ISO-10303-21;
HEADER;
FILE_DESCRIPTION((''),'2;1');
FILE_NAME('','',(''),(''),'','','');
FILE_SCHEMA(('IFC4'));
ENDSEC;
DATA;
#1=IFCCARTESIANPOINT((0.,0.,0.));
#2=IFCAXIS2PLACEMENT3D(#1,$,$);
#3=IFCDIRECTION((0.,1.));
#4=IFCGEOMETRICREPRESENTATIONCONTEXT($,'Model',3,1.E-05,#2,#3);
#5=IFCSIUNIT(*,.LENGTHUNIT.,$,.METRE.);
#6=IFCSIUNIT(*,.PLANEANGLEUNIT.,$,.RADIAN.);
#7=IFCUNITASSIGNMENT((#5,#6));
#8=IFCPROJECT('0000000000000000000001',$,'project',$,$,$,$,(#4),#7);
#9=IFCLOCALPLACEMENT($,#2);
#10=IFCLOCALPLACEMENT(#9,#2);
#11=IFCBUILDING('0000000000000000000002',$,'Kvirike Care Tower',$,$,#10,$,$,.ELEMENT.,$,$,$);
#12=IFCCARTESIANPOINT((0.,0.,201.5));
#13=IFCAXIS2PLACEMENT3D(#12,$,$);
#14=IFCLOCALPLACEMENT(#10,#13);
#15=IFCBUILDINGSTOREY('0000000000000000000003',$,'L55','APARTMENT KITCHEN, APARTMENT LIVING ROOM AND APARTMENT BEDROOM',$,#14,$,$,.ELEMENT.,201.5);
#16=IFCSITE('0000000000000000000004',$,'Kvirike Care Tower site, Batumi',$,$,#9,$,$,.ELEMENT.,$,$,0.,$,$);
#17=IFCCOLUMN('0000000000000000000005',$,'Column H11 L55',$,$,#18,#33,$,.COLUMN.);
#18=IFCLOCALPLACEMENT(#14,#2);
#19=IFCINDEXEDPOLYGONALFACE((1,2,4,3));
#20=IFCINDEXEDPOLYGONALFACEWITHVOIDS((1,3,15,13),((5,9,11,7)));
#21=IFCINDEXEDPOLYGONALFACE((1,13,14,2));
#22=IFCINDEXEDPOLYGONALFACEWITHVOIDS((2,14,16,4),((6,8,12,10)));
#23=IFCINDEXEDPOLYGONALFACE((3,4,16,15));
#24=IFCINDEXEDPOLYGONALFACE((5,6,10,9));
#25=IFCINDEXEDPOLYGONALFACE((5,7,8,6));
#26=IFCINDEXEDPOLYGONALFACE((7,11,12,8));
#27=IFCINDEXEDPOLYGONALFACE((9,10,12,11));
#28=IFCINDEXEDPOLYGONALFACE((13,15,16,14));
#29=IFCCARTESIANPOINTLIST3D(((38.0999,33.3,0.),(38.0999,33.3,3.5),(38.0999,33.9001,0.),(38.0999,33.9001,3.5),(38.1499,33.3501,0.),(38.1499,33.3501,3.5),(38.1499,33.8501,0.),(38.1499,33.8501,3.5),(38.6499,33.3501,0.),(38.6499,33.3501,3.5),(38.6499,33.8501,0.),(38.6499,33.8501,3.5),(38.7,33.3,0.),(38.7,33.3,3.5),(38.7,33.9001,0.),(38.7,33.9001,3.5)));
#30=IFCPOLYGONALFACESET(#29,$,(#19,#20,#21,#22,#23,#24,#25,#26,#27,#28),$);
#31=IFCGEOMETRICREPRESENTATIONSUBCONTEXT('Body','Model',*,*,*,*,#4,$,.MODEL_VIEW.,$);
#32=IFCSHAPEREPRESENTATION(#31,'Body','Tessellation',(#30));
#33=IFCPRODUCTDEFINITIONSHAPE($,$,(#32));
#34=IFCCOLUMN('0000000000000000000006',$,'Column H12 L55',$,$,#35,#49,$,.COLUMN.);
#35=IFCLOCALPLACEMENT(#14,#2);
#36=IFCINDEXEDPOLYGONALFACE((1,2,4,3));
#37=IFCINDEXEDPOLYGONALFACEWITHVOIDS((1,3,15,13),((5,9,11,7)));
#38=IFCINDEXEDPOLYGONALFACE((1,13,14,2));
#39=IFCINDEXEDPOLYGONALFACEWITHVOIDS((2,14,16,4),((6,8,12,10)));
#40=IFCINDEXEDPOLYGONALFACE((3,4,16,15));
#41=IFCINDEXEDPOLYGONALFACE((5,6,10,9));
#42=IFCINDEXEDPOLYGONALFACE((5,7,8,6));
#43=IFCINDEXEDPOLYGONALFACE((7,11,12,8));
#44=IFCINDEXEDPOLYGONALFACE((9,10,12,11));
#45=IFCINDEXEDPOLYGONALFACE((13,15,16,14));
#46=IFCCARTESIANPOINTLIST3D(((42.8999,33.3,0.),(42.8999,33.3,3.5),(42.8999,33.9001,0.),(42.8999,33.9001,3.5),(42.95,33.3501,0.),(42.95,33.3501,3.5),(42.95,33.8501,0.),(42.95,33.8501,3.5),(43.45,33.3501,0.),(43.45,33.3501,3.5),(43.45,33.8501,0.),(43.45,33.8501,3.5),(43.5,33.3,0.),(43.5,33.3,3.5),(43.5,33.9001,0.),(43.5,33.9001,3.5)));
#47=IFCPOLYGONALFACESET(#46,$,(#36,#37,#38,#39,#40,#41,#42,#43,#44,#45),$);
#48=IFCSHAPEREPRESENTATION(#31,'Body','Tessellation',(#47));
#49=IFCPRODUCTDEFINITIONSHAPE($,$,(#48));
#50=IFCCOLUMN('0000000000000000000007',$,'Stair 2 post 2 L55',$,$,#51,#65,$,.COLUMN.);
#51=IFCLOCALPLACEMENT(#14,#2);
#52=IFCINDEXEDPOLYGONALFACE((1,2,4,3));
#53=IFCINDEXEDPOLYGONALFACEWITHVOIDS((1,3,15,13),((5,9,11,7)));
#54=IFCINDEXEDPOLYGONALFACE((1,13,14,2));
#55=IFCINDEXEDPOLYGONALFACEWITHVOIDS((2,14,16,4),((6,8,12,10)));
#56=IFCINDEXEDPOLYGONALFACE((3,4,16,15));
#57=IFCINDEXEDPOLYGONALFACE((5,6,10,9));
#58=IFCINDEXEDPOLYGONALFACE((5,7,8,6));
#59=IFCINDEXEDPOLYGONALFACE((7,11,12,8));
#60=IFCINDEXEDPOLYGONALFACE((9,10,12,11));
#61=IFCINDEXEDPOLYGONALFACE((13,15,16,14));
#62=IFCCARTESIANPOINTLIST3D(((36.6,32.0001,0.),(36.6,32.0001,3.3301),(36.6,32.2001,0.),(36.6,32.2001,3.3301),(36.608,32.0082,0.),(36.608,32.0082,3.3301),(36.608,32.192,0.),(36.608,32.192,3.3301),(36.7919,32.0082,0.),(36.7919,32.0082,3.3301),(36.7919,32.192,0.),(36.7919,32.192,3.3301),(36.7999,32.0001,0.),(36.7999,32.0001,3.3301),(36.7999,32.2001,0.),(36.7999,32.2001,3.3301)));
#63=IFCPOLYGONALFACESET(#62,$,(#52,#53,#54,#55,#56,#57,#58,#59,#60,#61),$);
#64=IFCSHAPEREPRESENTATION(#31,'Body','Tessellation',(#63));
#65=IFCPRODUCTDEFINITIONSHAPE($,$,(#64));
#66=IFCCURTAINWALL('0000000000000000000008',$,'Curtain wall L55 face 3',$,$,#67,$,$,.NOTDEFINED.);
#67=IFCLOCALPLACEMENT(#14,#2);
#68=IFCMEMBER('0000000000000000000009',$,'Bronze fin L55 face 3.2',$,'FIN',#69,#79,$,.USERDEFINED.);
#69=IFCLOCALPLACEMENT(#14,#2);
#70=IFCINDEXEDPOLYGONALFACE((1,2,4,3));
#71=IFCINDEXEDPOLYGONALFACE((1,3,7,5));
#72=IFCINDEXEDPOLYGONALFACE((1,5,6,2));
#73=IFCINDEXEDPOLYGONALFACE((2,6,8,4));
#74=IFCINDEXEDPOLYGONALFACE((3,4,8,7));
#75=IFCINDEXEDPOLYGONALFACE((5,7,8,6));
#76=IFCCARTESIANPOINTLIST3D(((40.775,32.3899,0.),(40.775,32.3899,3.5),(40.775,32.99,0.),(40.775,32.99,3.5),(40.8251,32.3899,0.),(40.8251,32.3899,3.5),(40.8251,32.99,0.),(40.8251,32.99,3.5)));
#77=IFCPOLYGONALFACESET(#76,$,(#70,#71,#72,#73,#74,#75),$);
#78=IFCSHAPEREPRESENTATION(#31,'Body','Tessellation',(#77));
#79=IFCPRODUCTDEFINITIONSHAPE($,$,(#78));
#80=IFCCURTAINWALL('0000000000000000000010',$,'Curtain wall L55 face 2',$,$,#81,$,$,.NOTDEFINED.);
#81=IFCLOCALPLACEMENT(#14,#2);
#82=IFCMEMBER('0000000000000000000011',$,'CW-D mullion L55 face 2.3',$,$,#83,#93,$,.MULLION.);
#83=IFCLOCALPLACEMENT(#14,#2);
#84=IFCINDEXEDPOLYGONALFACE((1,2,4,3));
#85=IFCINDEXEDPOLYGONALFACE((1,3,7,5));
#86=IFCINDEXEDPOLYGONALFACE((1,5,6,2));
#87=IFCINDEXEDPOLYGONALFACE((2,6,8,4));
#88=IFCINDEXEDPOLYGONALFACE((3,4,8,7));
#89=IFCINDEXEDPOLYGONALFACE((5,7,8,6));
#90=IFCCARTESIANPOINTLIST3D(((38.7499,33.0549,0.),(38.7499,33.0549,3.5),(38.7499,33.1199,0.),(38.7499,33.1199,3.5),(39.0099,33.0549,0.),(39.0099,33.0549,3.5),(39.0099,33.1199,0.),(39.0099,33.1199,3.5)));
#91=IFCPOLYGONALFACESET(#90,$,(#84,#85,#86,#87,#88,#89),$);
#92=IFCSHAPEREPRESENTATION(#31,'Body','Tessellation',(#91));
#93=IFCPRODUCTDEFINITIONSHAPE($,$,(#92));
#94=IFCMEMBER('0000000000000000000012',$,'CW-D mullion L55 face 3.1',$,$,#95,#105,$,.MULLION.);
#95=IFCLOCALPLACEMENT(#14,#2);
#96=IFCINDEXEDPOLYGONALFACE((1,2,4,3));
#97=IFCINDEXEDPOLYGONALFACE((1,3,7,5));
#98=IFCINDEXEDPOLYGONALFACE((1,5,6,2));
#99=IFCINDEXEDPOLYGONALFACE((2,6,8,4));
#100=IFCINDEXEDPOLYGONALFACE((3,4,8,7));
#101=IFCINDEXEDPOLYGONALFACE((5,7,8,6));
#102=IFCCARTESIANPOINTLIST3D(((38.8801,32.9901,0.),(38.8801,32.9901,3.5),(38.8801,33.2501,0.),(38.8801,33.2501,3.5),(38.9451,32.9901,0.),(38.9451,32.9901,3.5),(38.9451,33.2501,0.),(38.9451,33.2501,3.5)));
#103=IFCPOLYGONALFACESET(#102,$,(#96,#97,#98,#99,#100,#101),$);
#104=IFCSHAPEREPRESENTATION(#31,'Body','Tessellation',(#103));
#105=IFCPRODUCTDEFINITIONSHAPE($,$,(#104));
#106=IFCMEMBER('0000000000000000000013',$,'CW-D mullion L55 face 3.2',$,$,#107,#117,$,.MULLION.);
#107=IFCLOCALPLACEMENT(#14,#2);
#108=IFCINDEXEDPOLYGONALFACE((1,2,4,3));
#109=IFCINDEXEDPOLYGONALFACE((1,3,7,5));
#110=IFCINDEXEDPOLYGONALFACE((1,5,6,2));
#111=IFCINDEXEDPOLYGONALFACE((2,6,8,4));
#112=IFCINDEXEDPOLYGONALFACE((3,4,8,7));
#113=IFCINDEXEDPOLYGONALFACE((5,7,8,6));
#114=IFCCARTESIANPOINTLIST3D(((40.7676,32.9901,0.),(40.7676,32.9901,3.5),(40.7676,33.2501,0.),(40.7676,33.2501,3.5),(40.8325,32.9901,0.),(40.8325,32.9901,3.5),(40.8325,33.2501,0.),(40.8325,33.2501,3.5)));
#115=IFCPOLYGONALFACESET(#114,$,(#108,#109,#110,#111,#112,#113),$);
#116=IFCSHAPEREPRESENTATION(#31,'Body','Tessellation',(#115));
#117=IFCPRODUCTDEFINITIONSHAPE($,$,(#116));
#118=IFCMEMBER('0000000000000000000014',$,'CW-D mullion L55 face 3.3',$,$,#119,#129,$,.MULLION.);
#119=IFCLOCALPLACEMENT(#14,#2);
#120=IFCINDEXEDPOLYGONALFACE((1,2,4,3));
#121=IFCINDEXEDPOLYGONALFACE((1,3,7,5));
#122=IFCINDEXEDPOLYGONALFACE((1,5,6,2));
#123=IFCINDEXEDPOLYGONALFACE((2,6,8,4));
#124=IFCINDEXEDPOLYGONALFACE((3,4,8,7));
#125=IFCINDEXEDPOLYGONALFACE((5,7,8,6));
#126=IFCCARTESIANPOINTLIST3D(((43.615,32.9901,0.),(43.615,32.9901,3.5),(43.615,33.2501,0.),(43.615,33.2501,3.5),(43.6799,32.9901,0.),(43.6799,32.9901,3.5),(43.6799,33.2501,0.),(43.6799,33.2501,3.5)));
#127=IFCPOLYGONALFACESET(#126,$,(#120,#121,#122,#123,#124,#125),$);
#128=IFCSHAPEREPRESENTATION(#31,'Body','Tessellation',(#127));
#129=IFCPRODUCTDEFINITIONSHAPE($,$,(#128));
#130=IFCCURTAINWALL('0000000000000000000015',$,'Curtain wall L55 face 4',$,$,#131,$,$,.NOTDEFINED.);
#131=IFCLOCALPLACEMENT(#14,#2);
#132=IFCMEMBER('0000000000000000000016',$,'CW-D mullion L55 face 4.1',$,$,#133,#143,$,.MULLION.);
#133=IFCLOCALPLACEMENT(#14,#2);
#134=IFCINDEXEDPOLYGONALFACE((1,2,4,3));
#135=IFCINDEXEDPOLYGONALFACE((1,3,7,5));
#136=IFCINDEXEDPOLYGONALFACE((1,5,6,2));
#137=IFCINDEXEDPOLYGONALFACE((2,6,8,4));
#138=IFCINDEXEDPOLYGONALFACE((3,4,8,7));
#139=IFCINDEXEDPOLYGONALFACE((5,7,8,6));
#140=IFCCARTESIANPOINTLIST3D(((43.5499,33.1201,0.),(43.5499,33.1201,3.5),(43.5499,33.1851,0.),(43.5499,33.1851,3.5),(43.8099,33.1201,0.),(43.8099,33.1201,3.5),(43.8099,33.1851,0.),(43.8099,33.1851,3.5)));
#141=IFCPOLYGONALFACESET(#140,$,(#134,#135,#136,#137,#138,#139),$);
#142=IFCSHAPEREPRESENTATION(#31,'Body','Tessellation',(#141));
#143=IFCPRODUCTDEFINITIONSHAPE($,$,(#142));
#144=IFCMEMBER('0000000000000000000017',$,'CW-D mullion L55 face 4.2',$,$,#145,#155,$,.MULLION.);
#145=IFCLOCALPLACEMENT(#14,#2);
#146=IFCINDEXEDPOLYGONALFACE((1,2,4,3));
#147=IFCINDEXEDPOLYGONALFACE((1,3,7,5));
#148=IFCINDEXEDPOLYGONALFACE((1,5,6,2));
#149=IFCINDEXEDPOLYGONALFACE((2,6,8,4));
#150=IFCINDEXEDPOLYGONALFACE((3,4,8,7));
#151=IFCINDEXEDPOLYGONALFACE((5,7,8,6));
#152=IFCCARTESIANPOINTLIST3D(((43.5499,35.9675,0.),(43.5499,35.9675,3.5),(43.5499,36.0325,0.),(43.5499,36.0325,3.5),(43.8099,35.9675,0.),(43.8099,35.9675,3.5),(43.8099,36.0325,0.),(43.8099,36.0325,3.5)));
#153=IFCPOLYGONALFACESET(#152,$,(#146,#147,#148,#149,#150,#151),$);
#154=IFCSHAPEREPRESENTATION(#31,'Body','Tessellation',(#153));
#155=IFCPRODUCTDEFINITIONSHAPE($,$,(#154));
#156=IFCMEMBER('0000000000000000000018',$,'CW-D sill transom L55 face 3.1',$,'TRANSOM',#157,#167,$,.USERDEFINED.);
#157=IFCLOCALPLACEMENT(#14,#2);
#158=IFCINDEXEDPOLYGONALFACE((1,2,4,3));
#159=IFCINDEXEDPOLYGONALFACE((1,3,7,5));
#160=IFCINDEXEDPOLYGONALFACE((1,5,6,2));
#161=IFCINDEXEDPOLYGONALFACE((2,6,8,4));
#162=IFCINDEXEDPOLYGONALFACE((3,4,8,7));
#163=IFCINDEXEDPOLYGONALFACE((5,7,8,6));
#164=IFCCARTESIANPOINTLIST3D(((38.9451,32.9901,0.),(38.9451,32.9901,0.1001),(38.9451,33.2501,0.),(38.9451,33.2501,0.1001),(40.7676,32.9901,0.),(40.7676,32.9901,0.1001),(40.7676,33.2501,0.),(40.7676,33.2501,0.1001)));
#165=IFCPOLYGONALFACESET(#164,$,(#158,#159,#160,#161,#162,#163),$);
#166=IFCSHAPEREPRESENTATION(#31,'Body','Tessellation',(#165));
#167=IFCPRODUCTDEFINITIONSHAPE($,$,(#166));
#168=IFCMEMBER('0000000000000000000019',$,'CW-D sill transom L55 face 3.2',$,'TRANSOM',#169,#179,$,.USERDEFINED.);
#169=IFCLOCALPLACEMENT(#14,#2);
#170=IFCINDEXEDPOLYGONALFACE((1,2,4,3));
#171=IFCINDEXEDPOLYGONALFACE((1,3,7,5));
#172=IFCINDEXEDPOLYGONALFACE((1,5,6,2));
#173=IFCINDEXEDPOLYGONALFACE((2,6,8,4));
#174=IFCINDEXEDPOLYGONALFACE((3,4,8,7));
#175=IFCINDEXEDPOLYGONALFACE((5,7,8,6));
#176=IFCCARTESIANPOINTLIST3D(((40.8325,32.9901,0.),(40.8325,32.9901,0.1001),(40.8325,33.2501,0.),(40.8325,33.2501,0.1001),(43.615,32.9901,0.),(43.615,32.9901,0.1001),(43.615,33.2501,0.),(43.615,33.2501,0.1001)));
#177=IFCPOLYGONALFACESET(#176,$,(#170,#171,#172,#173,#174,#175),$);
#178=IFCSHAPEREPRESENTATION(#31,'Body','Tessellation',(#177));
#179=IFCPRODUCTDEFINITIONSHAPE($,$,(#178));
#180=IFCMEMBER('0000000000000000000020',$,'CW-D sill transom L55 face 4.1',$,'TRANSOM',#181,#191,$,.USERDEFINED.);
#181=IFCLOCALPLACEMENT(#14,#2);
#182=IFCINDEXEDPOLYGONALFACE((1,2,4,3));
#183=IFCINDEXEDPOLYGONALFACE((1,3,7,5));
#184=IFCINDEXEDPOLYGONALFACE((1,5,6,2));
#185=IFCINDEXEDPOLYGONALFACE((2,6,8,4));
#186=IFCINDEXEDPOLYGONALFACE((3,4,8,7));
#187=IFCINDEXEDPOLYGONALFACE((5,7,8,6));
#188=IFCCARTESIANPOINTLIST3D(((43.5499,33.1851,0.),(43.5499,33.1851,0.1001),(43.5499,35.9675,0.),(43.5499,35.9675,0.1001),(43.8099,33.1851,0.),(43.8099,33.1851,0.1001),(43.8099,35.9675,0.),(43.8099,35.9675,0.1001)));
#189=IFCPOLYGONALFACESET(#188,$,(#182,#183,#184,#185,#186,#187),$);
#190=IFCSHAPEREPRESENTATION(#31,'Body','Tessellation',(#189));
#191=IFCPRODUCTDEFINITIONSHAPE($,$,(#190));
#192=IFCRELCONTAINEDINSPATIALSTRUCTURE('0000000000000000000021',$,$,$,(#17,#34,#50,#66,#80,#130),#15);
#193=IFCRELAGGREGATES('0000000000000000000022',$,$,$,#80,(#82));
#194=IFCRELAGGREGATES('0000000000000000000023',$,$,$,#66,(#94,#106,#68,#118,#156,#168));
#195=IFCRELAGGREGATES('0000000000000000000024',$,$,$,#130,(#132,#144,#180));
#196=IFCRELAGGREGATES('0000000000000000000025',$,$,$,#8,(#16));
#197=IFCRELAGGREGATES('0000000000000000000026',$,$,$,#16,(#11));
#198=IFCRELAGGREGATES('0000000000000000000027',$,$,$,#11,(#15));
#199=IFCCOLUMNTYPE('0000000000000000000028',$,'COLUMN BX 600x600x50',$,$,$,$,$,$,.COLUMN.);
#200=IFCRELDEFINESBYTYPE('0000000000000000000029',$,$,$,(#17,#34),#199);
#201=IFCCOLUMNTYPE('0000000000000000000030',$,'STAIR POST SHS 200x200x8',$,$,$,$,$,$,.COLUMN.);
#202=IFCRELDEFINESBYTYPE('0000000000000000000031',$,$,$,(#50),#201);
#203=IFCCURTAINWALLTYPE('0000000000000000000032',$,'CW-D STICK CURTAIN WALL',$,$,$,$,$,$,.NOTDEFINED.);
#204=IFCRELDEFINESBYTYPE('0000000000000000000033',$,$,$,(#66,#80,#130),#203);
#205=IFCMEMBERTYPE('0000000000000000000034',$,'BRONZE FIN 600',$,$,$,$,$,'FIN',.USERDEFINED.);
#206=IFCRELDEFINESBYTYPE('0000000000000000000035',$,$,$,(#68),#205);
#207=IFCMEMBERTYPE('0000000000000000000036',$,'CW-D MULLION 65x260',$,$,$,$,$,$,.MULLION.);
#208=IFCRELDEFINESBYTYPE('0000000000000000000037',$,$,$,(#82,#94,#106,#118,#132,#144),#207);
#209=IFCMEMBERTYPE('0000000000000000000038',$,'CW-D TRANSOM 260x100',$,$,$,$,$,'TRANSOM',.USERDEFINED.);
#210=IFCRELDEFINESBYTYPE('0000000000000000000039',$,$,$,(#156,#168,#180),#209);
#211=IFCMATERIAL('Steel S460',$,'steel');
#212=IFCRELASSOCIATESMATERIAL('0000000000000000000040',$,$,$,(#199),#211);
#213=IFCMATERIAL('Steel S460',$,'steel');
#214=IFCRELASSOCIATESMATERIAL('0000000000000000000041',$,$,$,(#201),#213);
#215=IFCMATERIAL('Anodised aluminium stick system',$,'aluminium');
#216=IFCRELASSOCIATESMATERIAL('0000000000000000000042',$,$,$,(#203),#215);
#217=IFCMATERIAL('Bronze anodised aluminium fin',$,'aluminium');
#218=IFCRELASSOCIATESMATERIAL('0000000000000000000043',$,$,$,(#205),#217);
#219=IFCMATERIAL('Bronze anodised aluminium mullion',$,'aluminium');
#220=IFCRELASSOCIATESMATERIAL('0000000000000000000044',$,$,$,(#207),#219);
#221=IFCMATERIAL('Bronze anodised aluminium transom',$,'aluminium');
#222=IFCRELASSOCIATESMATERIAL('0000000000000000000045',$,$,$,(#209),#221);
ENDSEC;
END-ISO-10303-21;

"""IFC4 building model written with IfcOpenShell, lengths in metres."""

from ifc_helpers import new_model, si_unit, direction, frame, origin, origin_2d, place, context, subcontext, project, spatial, rectangle, hollow_rectangle, extrude, material, material_profile, profile_set, type_object, element, aggregate, save


model = new_model("IFC4")

# Units and contexts
model_context = context("Model", 3, precision=1e-05, world=origin(), true_north=direction((0.0, 1.0)))
body_context = subcontext(model_context, "Body", "Model", "MODEL_VIEW")
ifc_project = project(units=[si_unit("LENGTHUNIT", "METRE"), si_unit("PLANEANGLEUNIT", "RADIAN")], contexts=[model_context])

# Site, building, storey
site_placement = place(None, origin())
site = spatial("IfcSite", under=ifc_project, at=site_placement, Name="Kvirike Care Tower site, Batumi", CompositionType="ELEMENT", RefElevation=0.0)
building_placement = place(site_placement, origin())
building = spatial("IfcBuilding", under=site, at=building_placement, Name="Kvirike Care Tower", CompositionType="ELEMENT")
storey_placement = place(building_placement, frame((0.0, 0.0, 201.5)))
storey = spatial("IfcBuildingStorey", under=building, at=storey_placement, Name="L55", Description="APARTMENT KITCHEN, APARTMENT LIVING ROOM AND APARTMENT BEDROOM", CompositionType="ELEMENT", Elevation=201.5)

# Columns
ifc_material_1 = material(Name="Steel S460", Category="steel")
ifc_material_profile_1 = material_profile(ifc_material_1, hollow_rectangle(XDim=0.6001, YDim=0.6001, WallThickness=0.05, at=origin_2d()), Name="BX 600x600x50")
ifc_profile_set_1 = profile_set([ifc_material_profile_1], Name="Steel S460")
column_type_1 = type_object("IfcColumnType", Name="COLUMN BX 600x600x50", PredefinedType="COLUMN", material=ifc_profile_set_1)
for number, where, z_axis, x_axis, name in (
    (1, (38.3999, 33.6001, 0.0), (0.0, 0.0, 1.0), (0.0, 1.0, 0.0), "Column H11 L55"),
    (2, (43.2, 33.6001, 0.0), (0.0, 0.0, 1.0), (0.0, 1.0, 0.0), "Column H12 L55"),
):
    element("IfcColumn", number, at=place(storey_placement, frame(where, z_axis=z_axis, x_axis=x_axis)), inside=storey, type_object=column_type_1, Name=name, PredefinedType="COLUMN", context=body_context, shape_type="SweptSolid", body=[
        extrude(hollow_rectangle(XDim=0.6001, YDim=0.6001, WallThickness=0.05, at=origin_2d()), origin(), (0.0, 0.0, 1.0), 3.5),
    ])
ifc_material_2 = material(Name="Steel S460", Category="steel")
ifc_material_profile_2 = material_profile(ifc_material_2, hollow_rectangle(XDim=0.2, YDim=0.2, WallThickness=0.0081, at=origin_2d()), Name="SHS 200x200x8")
ifc_profile_set_2 = profile_set([ifc_material_profile_2], Name="Steel S460")
column_type_2 = type_object("IfcColumnType", Name="STAIR POST SHS 200x200x8", PredefinedType="COLUMN", material=ifc_profile_set_2)
column_placement = place(storey_placement, frame((36.7, 32.1001, 0.0), z_axis=(0.0, 0.0, 1.0), x_axis=(1.0, 0.0, 0.0)))
element("IfcColumn", 3, at=column_placement, inside=storey, type_object=column_type_2, Name="Stair 2 post 2 L55", PredefinedType="COLUMN", context=body_context, shape_type="SweptSolid", body=[
    extrude(hollow_rectangle(XDim=0.2, YDim=0.2, WallThickness=0.0081, at=origin_2d()), origin(), (0.0, 0.0, 1.0), 3.3301),
])

# Curtain walls, members
ifc_material_3 = material(Name="Anodised aluminium stick system", Category="aluminium")
curtain_wall_type = type_object("IfcCurtainWallType", Name="CW-D STICK CURTAIN WALL", PredefinedType="NOTDEFINED", material=ifc_material_3)
curtain_wall_1_placement = place(storey_placement, origin())
curtain_wall_1 = element("IfcCurtainWall", 4, at=curtain_wall_1_placement, inside=storey, type_object=curtain_wall_type, Name="Curtain wall L55 face 3", PredefinedType="NOTDEFINED")
ifc_material_4 = material(Name="Bronze anodised aluminium fin", Category="aluminium")
ifc_material_profile_3 = material_profile(ifc_material_4, rectangle(XDim=0.05, YDim=0.6001, at=origin_2d()), Name="BRONZE FIN 600")
ifc_profile_set_3 = profile_set([ifc_material_profile_3], Name="Bronze anodised aluminium fin")
member_type_1 = type_object("IfcMemberType", Name="BRONZE FIN 600", ElementType="FIN", PredefinedType="USERDEFINED", material=ifc_profile_set_3)
member_1_placement = place(storey_placement, frame((40.8, 32.6899, 0.0), z_axis=(0.0, 0.0, 1.0), x_axis=(1.0, 0.0, 0.0)))
member_1 = element("IfcMember", 5, at=member_1_placement, type_object=member_type_1, Name="Bronze fin L55 face 3.2", ObjectType="FIN", PredefinedType="USERDEFINED", context=body_context, shape_type="SweptSolid", body=[
    extrude(rectangle(XDim=0.05, YDim=0.6001, at=origin_2d()), origin(), (0.0, 0.0, 1.0), 3.5),
])
curtain_wall_2_placement = place(storey_placement, origin())
curtain_wall_2 = element("IfcCurtainWall", 6, at=curtain_wall_2_placement, inside=storey, type_object=curtain_wall_type, Name="Curtain wall L55 face 2", PredefinedType="NOTDEFINED")
ifc_material_5 = material(Name="Bronze anodised aluminium mullion", Category="aluminium")
ifc_material_profile_4 = material_profile(ifc_material_5, rectangle(XDim=0.0649, YDim=0.26, at=origin_2d()), Name="CW-D MULLION 65x260")
ifc_profile_set_4 = profile_set([ifc_material_profile_4], Name="Bronze anodised aluminium mullion")
member_type_2 = type_object("IfcMemberType", Name="CW-D MULLION 65x260", PredefinedType="MULLION", material=ifc_profile_set_4)
member_2_placement = place(storey_placement, frame((38.8799, 33.0874, 0.0), z_axis=(0.0, 0.0, 1.0), x_axis=(0.0, 1.0, 0.0)))
member_2 = element("IfcMember", 7, at=member_2_placement, type_object=member_type_2, Name="CW-D mullion L55 face 2.3", PredefinedType="MULLION", context=body_context, shape_type="SweptSolid", body=[
    extrude(rectangle(XDim=0.0649, YDim=0.26, at=origin_2d()), origin(), (0.0, 0.0, 1.0), 3.5),
])

# Members
member_3_placement = place(storey_placement, frame((38.9126, 33.1201, 0.0), z_axis=(0.0, 0.0, 1.0), x_axis=(1.0, 0.0, 0.0)))
member_3 = element("IfcMember", 8, at=member_3_placement, type_object=member_type_2, Name="CW-D mullion L55 face 3.1", PredefinedType="MULLION", context=body_context, shape_type="SweptSolid", body=[
    extrude(rectangle(XDim=0.0649, YDim=0.26, at=origin_2d()), origin(), (0.0, 0.0, 1.0), 3.5),
])
member_4_placement = place(storey_placement, frame((40.8, 33.1201, 0.0), z_axis=(0.0, 0.0, 1.0), x_axis=(1.0, 0.0, 0.0)))
member_4 = element("IfcMember", 9, at=member_4_placement, type_object=member_type_2, Name="CW-D mullion L55 face 3.2", PredefinedType="MULLION", context=body_context, shape_type="SweptSolid", body=[
    extrude(rectangle(XDim=0.0649, YDim=0.26, at=origin_2d()), origin(), (0.0, 0.0, 1.0), 3.5),
])
member_5_placement = place(storey_placement, frame((43.6475, 33.1201, 0.0), z_axis=(0.0, 0.0, 1.0), x_axis=(1.0, 0.0, 0.0)))
member_5 = element("IfcMember", 10, at=member_5_placement, type_object=member_type_2, Name="CW-D mullion L55 face 3.3", PredefinedType="MULLION", context=body_context, shape_type="SweptSolid", body=[
    extrude(rectangle(XDim=0.0649, YDim=0.26, at=origin_2d()), origin(), (0.0, 0.0, 1.0), 3.5),
])

# Curtain wall, members
curtain_wall_3_placement = place(storey_placement, origin())
curtain_wall_3 = element("IfcCurtainWall", 11, at=curtain_wall_3_placement, inside=storey, type_object=curtain_wall_type, Name="Curtain wall L55 face 4", PredefinedType="NOTDEFINED")
member_6_placement = place(storey_placement, frame((43.6799, 33.1526, 0.0), z_axis=(0.0, 0.0, 1.0), x_axis=(0.0, 1.0, 0.0)))
member_6 = element("IfcMember", 12, at=member_6_placement, type_object=member_type_2, Name="CW-D mullion L55 face 4.1", PredefinedType="MULLION", context=body_context, shape_type="SweptSolid", body=[
    extrude(rectangle(XDim=0.0649, YDim=0.26, at=origin_2d()), origin(), (0.0, 0.0, 1.0), 3.5),
])
member_7_placement = place(storey_placement, frame((43.6799, 36.0, 0.0), z_axis=(0.0, 0.0, 1.0), x_axis=(0.0, 1.0, 0.0)))
member_7 = element("IfcMember", 13, at=member_7_placement, type_object=member_type_2, Name="CW-D mullion L55 face 4.2", PredefinedType="MULLION", context=body_context, shape_type="SweptSolid", body=[
    extrude(rectangle(XDim=0.0649, YDim=0.26, at=origin_2d()), origin(), (0.0, 0.0, 1.0), 3.5),
])

# Members
ifc_material_6 = material(Name="Bronze anodised aluminium transom", Category="aluminium")
ifc_material_profile_5 = material_profile(ifc_material_6, rectangle(XDim=0.26, YDim=0.1001, at=origin_2d()), Name="CW-D TRANSOM 260x100")
ifc_profile_set_5 = profile_set([ifc_material_profile_5], Name="Bronze anodised aluminium transom")
member_type_3 = type_object("IfcMemberType", Name="CW-D TRANSOM 260x100", ElementType="TRANSOM", PredefinedType="USERDEFINED", material=ifc_profile_set_5)
member_8_placement = place(storey_placement, frame((38.9451, 33.1201, 0.05), z_axis=(1.0, 0.0, 0.0), x_axis=(0.0, 1.0, 0.0)))
member_8 = element("IfcMember", 14, at=member_8_placement, type_object=member_type_3, Name="CW-D sill transom L55 face 3.1", ObjectType="TRANSOM", PredefinedType="USERDEFINED", context=body_context, shape_type="SweptSolid", body=[
    extrude(rectangle(XDim=0.26, YDim=0.1001, at=origin_2d()), origin(), (0.0, 0.0, 1.0), 1.8225),
])
member_9_placement = place(storey_placement, frame((40.8325, 33.1201, 0.05), z_axis=(1.0, 0.0, 0.0), x_axis=(0.0, 1.0, 0.0)))
member_9 = element("IfcMember", 15, at=member_9_placement, type_object=member_type_3, Name="CW-D sill transom L55 face 3.2", ObjectType="TRANSOM", PredefinedType="USERDEFINED", context=body_context, shape_type="SweptSolid", body=[
    extrude(rectangle(XDim=0.26, YDim=0.1001, at=origin_2d()), origin(), (0.0, 0.0, 1.0), 2.7825),
])
member_10_placement = place(storey_placement, frame((43.6799, 33.1851, 0.05), z_axis=(0.0, 1.0, 0.0), x_axis=(-1.0, 0.0, 0.0)))
member_10 = element("IfcMember", 16, at=member_10_placement, type_object=member_type_3, Name="CW-D sill transom L55 face 4.1", ObjectType="TRANSOM", PredefinedType="USERDEFINED", context=body_context, shape_type="SweptSolid", body=[
    extrude(rectangle(XDim=0.26, YDim=0.1001, at=origin_2d()), origin(), (0.0, 0.0, 1.0), 2.7825),
])

aggregate(curtain_wall_2, [member_2])
aggregate(curtain_wall_1, [member_3, member_4, member_1, member_5, member_8, member_9])
aggregate(curtain_wall_3, [member_6, member_7, member_10])

save(model, "model.ifc")
